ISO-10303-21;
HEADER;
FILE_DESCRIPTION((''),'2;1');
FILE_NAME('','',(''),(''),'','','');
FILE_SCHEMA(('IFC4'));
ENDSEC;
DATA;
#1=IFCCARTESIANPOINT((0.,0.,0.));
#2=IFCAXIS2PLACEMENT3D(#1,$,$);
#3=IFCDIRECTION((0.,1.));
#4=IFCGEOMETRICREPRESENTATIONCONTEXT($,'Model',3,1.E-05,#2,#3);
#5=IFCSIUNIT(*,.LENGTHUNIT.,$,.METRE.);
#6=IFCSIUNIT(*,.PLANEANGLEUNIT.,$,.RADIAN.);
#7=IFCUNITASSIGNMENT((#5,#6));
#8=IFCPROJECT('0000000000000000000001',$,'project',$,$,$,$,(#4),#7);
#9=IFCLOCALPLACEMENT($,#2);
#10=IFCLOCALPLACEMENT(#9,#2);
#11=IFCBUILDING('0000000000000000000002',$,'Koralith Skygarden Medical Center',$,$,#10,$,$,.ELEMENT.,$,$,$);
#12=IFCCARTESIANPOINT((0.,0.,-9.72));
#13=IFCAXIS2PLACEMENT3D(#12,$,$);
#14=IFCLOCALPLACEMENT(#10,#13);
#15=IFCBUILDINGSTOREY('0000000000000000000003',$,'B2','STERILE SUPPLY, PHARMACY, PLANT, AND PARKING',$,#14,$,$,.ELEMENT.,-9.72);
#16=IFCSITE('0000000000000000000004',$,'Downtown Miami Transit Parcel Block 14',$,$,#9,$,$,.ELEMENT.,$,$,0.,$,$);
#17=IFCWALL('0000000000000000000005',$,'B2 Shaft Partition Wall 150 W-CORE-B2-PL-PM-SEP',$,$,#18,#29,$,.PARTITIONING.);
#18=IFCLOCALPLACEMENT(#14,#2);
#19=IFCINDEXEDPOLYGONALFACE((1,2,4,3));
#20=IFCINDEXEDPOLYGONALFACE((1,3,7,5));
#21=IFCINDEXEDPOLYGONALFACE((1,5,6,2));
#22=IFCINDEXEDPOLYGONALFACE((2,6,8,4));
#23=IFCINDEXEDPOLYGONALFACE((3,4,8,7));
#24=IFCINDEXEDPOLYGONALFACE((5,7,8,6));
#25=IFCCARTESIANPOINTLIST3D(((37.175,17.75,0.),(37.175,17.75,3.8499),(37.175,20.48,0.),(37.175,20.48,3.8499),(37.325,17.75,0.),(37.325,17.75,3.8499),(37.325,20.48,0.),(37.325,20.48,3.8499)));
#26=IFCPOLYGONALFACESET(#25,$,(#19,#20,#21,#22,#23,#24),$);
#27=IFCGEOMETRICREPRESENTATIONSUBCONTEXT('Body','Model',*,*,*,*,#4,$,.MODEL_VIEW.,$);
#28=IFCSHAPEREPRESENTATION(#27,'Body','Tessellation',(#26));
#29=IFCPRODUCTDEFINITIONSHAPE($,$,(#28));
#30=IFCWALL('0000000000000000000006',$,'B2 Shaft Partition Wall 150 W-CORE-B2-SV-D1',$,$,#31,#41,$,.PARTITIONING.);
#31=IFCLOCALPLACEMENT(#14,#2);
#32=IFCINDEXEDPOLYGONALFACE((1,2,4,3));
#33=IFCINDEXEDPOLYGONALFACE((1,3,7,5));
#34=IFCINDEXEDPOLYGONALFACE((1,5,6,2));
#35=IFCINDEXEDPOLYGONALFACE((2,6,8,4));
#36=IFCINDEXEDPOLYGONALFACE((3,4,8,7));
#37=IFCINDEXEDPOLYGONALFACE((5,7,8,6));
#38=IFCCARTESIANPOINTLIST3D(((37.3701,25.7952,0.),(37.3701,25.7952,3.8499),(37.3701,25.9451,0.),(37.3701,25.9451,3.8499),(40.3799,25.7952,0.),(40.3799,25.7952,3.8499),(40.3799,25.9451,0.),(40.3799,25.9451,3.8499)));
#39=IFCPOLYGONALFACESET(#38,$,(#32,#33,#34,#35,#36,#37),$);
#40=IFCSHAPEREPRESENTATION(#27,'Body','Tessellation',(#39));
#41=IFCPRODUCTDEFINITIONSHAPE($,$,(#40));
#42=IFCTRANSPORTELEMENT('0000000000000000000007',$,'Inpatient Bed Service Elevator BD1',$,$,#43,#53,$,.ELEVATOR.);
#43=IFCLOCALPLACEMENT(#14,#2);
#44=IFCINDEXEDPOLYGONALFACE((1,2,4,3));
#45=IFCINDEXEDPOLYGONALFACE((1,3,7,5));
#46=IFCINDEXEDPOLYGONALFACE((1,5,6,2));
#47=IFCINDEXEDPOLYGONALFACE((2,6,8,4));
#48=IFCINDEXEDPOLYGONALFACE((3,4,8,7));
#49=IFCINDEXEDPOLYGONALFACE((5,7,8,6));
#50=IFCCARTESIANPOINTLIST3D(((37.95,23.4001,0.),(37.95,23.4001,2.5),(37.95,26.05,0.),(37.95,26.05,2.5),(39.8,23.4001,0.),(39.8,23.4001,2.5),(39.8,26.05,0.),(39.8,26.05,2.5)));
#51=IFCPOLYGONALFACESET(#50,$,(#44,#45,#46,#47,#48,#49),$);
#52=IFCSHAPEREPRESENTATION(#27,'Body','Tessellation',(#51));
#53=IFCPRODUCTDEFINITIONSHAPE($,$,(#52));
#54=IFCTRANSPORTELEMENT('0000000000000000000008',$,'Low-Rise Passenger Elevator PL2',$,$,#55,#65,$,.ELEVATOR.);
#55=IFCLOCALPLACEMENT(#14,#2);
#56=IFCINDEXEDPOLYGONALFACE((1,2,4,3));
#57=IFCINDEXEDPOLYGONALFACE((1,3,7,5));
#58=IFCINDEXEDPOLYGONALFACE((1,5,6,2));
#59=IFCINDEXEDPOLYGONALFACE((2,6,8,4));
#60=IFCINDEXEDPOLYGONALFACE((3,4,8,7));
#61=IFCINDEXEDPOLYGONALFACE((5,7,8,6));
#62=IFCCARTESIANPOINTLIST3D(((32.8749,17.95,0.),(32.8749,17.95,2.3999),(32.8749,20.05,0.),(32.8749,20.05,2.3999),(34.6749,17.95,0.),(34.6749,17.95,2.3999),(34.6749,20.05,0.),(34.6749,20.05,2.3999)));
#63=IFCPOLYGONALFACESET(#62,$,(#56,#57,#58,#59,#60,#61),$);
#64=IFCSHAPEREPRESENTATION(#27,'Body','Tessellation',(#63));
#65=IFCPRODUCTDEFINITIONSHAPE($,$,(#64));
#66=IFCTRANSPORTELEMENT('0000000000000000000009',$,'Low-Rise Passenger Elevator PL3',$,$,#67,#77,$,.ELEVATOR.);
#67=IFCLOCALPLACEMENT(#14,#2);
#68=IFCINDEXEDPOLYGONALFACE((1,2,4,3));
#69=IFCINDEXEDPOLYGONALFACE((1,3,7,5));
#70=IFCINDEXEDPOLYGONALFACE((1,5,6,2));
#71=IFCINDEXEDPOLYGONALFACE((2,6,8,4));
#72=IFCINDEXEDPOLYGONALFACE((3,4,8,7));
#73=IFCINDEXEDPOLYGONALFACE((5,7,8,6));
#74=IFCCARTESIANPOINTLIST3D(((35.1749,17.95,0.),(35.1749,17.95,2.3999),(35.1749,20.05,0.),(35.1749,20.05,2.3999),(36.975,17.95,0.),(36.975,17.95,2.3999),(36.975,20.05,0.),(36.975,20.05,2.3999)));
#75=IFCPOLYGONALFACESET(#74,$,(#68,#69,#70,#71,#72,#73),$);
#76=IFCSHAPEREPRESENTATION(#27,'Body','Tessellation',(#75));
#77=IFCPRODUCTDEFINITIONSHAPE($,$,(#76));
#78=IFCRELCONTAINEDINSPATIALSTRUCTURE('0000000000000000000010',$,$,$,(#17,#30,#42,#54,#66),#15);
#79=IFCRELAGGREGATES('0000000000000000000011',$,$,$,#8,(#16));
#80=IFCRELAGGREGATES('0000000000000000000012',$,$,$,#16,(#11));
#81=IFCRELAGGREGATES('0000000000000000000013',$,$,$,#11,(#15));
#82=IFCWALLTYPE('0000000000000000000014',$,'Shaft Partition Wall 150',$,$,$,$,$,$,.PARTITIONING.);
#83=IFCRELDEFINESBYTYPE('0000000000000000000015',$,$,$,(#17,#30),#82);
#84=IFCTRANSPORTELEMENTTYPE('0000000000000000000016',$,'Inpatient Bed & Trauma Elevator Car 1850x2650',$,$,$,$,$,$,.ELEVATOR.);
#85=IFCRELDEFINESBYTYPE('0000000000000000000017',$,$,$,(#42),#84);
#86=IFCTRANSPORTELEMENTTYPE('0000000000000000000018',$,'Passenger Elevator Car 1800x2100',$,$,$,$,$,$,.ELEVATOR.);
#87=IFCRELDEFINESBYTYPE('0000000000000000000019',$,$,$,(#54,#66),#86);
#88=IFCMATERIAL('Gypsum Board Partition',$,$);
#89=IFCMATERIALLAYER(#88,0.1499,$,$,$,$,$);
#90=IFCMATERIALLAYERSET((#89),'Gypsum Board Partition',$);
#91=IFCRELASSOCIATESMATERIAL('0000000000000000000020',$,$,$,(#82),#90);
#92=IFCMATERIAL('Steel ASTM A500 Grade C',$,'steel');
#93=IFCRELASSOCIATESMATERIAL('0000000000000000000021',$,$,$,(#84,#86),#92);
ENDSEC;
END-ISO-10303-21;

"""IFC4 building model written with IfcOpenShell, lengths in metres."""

from ifc_helpers import new_model, si_unit, direction, frame, frame_2d, origin, origin_2d, place, context, subcontext, project, spatial, rectangle, extrude, material, layer, layer_set, type_object, element, save


model = new_model("IFC4")

# Units and contexts
model_context = context("Model", 3, precision=1e-05, world=origin(), true_north=direction((0.0, 1.0)))
body_context = subcontext(model_context, "Body", "Model", "MODEL_VIEW")
ifc_project = project(units=[si_unit("LENGTHUNIT", "METRE"), si_unit("PLANEANGLEUNIT", "RADIAN")], contexts=[model_context])

# Site, building, storey
site_placement = place(None, origin())
site = spatial("IfcSite", under=ifc_project, at=site_placement, Name="Downtown Miami Transit Parcel Block 14", CompositionType="ELEMENT", RefElevation=0.0)
building_placement = place(site_placement, origin())
building = spatial("IfcBuilding", under=site, at=building_placement, Name="Koralith Skygarden Medical Center", CompositionType="ELEMENT")
storey_placement = place(building_placement, frame((0.0, 0.0, -9.72)))
storey = spatial("IfcBuildingStorey", under=building, at=storey_placement, Name="B2", Description="STERILE SUPPLY, PHARMACY, PLANT, AND PARKING", CompositionType="ELEMENT", Elevation=-9.72)

# Shared definitions
ifc_material_1 = material(Name="Gypsum Board Partition")
ifc_material_2 = material(Name="Steel ASTM A500 Grade C", Category="steel")

# Walls
ifc_layer_1 = layer(ifc_material_1, 0.1499)
ifc_layer_set_1 = layer_set([ifc_layer_1], Name="Gypsum Board Partition")
wall_type_1 = type_object("IfcWallType", Name="Shaft Partition Wall 150", PredefinedType="PARTITIONING", material=ifc_layer_set_1)
wall_1_placement = place(storey_placement, frame((37.25, 17.75, 0.0), z_axis=(0.0, 0.0, 1.0), x_axis=(0.0, 1.0, 0.0)))
element("IfcWall", 1, at=wall_1_placement, inside=storey, type_object=wall_type_1, Name="B2 Shaft Partition Wall 150 W-CORE-B2-PL-PM-SEP", PredefinedType="PARTITIONING", context=body_context, shape_type="SweptSolid", body=[
    extrude(rectangle(XDim=2.73, YDim=0.1499, at=frame_2d((1.365, 0.0))), origin(), (0.0, 0.0, 1.0), 3.8499),
])
wall_2_placement = place(storey_placement, frame((37.3701, 25.8701, 0.0), z_axis=(0.0, 0.0, 1.0), x_axis=(1.0, 0.0, 0.0)))
element("IfcWall", 2, at=wall_2_placement, inside=storey, type_object=wall_type_1, Name="B2 Shaft Partition Wall 150 W-CORE-B2-SV-D1", PredefinedType="PARTITIONING", context=body_context, shape_type="SweptSolid", body=[
    extrude(rectangle(XDim=3.0098, YDim=0.1499, at=frame_2d((1.5049, 0.0))), origin(), (0.0, 0.0, 1.0), 3.8499),
])

# Transport elements
transport_element_type_1 = type_object("IfcTransportElementType", Name="Inpatient Bed & Trauma Elevator Car 1850x2650", PredefinedType="ELEVATOR", material=ifc_material_2)
transport_element_placement = place(storey_placement, frame((38.875, 24.7251, 0.0), z_axis=(0.0, 0.0, 1.0), x_axis=(1.0, 0.0, 0.0)))
element("IfcTransportElement", 3, at=transport_element_placement, inside=storey, type_object=transport_element_type_1, Name="Inpatient Bed Service Elevator BD1", PredefinedType="ELEVATOR", context=body_context, shape_type="SweptSolid", body=[
    extrude(rectangle(XDim=1.8501, YDim=2.6499, at=origin_2d()), origin(), (0.0, 0.0, 1.0), 2.5),
])
transport_element_type_2 = type_object("IfcTransportElementType", Name="Passenger Elevator Car 1800x2100", PredefinedType="ELEVATOR", material=ifc_material_2)
for number, where, z_axis, x_axis, name in (
    (4, (33.7749, 19.0, 0.0), (0.0, 0.0, 1.0), (1.0, 0.0, 0.0), "Low-Rise Passenger Elevator PL2"),
    (5, (36.075, 19.0, 0.0), (0.0, 0.0, 1.0), (1.0, 0.0, 0.0), "Low-Rise Passenger Elevator PL3"),
):
    element("IfcTransportElement", number, at=place(storey_placement, frame(where, z_axis=z_axis, x_axis=x_axis)), inside=storey, type_object=transport_element_type_2, Name=name, PredefinedType="ELEVATOR", context=body_context, shape_type="SweptSolid", body=[
        extrude(rectangle(XDim=1.8, YDim=2.1001, at=origin_2d()), origin(), (0.0, 0.0, 1.0), 2.3999),
    ])

save(model, "model.ifc")
